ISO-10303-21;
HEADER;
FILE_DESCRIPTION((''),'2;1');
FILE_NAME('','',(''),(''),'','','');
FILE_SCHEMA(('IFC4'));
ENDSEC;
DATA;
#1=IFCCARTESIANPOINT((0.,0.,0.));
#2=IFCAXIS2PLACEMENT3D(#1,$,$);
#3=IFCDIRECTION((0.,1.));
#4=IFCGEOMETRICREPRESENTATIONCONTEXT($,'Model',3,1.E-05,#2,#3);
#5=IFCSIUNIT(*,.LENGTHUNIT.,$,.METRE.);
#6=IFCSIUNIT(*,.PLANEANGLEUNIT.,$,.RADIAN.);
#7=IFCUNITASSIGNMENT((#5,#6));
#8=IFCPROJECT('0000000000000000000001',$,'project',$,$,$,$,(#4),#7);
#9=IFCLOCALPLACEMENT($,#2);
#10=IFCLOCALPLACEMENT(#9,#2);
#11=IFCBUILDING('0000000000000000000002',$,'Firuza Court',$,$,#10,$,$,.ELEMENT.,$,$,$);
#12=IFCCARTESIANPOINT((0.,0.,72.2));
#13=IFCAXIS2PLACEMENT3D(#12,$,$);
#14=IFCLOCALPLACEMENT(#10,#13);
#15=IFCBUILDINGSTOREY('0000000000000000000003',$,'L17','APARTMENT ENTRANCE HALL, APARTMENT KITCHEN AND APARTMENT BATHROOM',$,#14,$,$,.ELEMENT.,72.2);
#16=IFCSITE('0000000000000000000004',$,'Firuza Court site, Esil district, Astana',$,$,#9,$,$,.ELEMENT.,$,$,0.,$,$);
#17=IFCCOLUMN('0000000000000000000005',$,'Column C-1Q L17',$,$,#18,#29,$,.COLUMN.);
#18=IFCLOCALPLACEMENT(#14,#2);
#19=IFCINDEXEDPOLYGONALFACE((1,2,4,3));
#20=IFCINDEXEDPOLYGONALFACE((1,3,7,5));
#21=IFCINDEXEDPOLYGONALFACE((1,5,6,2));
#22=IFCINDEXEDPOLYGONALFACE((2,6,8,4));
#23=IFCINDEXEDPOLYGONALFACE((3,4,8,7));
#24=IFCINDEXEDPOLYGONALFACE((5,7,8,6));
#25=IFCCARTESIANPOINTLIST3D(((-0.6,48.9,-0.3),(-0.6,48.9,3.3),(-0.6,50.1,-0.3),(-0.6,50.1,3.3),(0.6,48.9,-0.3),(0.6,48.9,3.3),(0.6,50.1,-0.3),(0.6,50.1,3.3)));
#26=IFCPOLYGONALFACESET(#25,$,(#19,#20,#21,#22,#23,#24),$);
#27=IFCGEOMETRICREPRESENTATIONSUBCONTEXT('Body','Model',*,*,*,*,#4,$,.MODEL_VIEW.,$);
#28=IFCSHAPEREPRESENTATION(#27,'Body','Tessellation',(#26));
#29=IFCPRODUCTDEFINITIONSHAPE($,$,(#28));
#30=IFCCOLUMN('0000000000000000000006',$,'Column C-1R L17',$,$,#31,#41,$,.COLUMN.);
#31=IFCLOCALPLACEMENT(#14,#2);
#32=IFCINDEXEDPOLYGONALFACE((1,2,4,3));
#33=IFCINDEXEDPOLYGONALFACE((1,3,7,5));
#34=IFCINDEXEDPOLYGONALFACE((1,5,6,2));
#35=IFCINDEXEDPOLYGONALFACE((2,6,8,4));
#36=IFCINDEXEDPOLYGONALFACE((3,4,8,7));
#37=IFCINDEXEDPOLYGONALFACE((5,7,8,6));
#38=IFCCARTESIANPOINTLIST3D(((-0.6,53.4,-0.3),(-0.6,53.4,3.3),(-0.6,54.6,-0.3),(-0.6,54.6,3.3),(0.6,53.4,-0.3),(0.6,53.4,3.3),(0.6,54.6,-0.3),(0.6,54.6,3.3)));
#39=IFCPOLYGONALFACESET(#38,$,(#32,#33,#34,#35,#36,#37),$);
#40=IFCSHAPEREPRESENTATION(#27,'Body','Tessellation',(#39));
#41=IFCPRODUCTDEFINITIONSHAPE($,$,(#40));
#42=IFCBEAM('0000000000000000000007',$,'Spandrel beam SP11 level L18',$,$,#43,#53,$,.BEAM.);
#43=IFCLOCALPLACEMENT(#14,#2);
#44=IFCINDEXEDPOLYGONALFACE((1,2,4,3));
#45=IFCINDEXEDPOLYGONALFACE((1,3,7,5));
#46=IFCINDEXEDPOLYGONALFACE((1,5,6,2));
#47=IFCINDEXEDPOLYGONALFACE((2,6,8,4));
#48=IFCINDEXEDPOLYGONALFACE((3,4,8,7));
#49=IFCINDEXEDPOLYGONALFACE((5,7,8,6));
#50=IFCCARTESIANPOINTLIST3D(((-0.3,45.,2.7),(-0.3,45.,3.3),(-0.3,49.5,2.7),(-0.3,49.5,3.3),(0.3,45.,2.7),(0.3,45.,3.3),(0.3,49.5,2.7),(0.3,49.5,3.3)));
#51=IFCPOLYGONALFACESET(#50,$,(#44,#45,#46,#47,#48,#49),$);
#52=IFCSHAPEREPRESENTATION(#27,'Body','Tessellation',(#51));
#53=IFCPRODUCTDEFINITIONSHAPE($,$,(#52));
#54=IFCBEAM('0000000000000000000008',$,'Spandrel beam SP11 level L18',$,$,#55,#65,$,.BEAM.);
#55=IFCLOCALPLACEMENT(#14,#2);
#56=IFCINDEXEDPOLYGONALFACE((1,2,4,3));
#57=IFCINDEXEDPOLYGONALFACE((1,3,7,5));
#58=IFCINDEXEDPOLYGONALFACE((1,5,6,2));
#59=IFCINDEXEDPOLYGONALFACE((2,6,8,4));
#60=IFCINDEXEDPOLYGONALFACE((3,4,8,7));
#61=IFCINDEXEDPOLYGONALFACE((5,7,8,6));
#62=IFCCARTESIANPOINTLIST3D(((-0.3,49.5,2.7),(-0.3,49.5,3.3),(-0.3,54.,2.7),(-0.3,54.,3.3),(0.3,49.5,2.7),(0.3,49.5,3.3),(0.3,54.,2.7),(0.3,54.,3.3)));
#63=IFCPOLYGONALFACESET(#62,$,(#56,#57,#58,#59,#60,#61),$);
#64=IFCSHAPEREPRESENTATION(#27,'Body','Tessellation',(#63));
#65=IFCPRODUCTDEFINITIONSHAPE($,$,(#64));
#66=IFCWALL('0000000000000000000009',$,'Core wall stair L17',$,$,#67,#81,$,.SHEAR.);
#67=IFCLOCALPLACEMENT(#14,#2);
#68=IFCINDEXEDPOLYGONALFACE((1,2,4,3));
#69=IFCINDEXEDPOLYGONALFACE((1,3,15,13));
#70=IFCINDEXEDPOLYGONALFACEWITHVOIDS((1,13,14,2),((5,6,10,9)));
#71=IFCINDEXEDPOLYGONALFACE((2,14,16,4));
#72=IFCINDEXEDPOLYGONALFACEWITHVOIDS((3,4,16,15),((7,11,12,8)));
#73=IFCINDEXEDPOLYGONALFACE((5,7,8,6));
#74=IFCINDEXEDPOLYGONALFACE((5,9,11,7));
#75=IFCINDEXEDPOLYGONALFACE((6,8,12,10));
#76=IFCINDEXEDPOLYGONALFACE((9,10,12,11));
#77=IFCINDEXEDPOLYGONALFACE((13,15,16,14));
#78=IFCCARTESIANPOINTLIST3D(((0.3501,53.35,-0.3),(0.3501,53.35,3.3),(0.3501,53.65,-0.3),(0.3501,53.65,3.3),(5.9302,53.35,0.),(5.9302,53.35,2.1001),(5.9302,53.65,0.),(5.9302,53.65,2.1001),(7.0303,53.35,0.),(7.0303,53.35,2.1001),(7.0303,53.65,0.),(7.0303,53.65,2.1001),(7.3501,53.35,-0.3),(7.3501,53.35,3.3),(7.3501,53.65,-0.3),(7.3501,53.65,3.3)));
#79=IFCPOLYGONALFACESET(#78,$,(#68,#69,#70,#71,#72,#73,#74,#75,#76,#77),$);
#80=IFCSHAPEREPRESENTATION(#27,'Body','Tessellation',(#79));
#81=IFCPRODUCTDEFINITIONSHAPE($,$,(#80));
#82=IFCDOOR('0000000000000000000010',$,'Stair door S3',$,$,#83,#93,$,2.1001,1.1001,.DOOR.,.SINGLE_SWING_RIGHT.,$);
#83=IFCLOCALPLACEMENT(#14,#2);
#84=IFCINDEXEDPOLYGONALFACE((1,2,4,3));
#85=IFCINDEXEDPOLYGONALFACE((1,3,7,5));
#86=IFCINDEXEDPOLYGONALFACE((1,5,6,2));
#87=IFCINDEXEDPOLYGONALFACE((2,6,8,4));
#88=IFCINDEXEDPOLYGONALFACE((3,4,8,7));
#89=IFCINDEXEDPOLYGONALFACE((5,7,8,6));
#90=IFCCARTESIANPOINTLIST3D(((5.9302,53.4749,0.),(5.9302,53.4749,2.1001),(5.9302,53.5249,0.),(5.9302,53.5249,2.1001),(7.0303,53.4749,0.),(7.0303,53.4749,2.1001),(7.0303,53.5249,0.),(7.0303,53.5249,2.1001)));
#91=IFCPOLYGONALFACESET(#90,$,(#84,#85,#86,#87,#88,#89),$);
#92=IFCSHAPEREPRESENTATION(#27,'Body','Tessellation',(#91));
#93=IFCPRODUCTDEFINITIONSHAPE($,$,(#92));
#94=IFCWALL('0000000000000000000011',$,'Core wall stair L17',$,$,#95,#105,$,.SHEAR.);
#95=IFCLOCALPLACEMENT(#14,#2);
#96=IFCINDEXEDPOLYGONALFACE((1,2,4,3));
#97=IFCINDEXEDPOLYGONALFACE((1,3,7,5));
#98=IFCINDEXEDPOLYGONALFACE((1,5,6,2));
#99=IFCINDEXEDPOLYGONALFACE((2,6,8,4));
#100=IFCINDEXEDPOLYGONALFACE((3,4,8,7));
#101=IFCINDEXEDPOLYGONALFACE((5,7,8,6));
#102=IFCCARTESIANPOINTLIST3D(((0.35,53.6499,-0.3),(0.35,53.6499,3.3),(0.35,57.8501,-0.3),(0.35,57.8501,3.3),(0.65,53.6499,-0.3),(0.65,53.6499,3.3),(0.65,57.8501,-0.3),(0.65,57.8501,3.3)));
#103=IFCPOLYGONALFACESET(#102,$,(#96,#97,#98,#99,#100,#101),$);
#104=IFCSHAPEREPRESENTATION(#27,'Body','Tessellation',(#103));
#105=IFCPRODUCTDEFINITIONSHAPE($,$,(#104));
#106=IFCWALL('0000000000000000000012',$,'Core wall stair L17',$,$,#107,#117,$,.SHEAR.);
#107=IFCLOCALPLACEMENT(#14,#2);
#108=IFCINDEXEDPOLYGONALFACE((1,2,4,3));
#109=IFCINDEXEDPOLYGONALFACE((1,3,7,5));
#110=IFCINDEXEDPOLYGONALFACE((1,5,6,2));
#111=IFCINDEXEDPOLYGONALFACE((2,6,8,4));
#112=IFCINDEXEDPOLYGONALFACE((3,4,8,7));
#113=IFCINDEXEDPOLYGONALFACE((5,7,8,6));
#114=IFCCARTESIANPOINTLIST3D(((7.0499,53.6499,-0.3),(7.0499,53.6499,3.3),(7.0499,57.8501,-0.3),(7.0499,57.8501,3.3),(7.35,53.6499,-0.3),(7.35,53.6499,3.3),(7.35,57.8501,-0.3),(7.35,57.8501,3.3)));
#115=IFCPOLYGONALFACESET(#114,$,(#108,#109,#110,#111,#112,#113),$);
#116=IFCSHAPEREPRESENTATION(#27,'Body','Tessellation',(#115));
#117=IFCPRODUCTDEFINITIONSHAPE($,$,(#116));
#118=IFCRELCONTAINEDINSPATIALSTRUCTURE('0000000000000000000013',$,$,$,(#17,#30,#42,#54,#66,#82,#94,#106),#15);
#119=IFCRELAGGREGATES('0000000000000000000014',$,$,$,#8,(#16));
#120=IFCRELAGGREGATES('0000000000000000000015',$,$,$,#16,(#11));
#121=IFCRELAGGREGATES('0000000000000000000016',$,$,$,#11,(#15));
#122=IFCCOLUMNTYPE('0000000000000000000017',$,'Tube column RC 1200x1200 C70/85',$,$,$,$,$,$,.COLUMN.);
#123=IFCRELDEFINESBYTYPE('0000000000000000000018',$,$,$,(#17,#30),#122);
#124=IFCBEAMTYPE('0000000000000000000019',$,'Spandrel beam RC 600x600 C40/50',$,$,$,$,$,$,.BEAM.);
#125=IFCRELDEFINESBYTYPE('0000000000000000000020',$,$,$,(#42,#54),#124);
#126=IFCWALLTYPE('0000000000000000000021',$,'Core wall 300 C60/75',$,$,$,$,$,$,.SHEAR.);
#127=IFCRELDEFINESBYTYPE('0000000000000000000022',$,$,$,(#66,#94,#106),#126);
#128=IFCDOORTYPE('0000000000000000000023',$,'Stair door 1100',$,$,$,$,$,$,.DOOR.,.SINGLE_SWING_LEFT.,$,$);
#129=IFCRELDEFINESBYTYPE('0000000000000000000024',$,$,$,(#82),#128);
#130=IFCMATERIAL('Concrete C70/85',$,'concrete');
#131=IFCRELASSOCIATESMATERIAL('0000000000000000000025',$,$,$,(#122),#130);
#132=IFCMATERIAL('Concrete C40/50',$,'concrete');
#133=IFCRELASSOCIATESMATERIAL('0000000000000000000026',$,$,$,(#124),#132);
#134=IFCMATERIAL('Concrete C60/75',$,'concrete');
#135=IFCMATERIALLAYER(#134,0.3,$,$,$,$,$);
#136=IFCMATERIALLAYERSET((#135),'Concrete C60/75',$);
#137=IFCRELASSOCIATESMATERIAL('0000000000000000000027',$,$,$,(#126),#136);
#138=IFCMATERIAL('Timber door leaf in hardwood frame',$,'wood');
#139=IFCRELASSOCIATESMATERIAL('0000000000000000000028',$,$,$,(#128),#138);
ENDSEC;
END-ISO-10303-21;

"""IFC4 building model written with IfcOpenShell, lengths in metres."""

from ifc_helpers import new_model, si_unit, direction, frame, frame_2d, origin, origin_2d, place, context, subcontext, project, spatial, rectangle, extrude, material, layer, layer_set, material_profile, profile_set, type_object, element, fill, save


model = new_model("IFC4")

# Units and contexts
model_context = context("Model", 3, precision=1e-05, world=origin(), true_north=direction((0.0, 1.0)))
body_context = subcontext(model_context, "Body", "Model", "MODEL_VIEW")
ifc_project = project(units=[si_unit("LENGTHUNIT", "METRE"), si_unit("PLANEANGLEUNIT", "RADIAN")], contexts=[model_context])

# Site, building, storey
site_placement = place(None, origin())
site = spatial("IfcSite", under=ifc_project, at=site_placement, Name="Firuza Court site, Esil district, Astana", CompositionType="ELEMENT", RefElevation=0.0)
building_placement = place(site_placement, origin())
building = spatial("IfcBuilding", under=site, at=building_placement, Name="Firuza Court", CompositionType="ELEMENT")
storey_placement = place(building_placement, frame((0.0, 0.0, 72.2)))
storey = spatial("IfcBuildingStorey", under=building, at=storey_placement, Name="L17", Description="APARTMENT ENTRANCE HALL, APARTMENT KITCHEN AND APARTMENT BATHROOM", CompositionType="ELEMENT", Elevation=72.2)

# Columns
ifc_material_1 = material(Name="Concrete C70/85", Category="concrete")
ifc_material_profile_1 = material_profile(ifc_material_1, rectangle(XDim=1.2, YDim=1.2, at=origin_2d()), Name="RC 1200x1200")
ifc_profile_set_1 = profile_set([ifc_material_profile_1], Name="Concrete C70/85")
column_type = type_object("IfcColumnType", Name="Tube column RC 1200x1200 C70/85", PredefinedType="COLUMN", material=ifc_profile_set_1)
for number, where, z_axis, x_axis, name in (
    (1, (0.0, 49.5, -0.3), (0.0, 0.0, 1.0), (1.0, 0.0, 0.0), "Column C-1Q L17"),
    (2, (0.0, 54.0, -0.3), (0.0, 0.0, 1.0), (1.0, 0.0, 0.0), "Column C-1R L17"),
):
    element("IfcColumn", number, at=place(storey_placement, frame(where, z_axis=z_axis, x_axis=x_axis)), inside=storey, type_object=column_type, Name=name, PredefinedType="COLUMN", context=body_context, shape_type="SweptSolid", body=[
        extrude(rectangle(XDim=1.2, YDim=1.2, at=origin_2d()), origin(), (0.0, 0.0, 1.0), 3.6001),
    ])

# Beams
ifc_material_2 = material(Name="Concrete C40/50", Category="concrete")
ifc_material_profile_2 = material_profile(ifc_material_2, rectangle(XDim=0.6001, YDim=0.6001, at=origin_2d()), Name="RC 600x600")
ifc_profile_set_2 = profile_set([ifc_material_profile_2], Name="Concrete C40/50")
beam_type = type_object("IfcBeamType", Name="Spandrel beam RC 600x600 C40/50", PredefinedType="BEAM", material=ifc_profile_set_2)
for number, where, z_axis, x_axis, name in (
    (3, (0.0, 49.5, 3.0), (0.0, -1.0, 0.0), (1.0, 0.0, 0.0), "Spandrel beam SP11 level L18"),
    (4, (0.0, 54.0, 3.0), (0.0, -1.0, 0.0), (1.0, 0.0, 0.0), "Spandrel beam SP11 level L18"),
):
    element("IfcBeam", number, at=place(storey_placement, frame(where, z_axis=z_axis, x_axis=x_axis)), inside=storey, type_object=beam_type, Name=name, PredefinedType="BEAM", context=body_context, shape_type="SweptSolid", body=[
        extrude(rectangle(XDim=0.6001, YDim=0.6001, at=origin_2d()), origin(), (0.0, 0.0, 1.0), 4.5),
    ])

# Wall, opening, door
ifc_material_3 = material(Name="Concrete C60/75", Category="concrete")
ifc_layer_1 = layer(ifc_material_3, 0.3)
ifc_layer_set_1 = layer_set([ifc_layer_1], Name="Concrete C60/75")
wall_type_1 = type_object("IfcWallType", Name="Core wall 300 C60/75", PredefinedType="SHEAR", material=ifc_layer_set_1)
wall_1_placement = place(storey_placement, frame((0.3501, 53.5, -0.3), z_axis=(0.0, 0.0, 1.0), x_axis=(1.0, 0.0, 0.0)))
wall_1 = element("IfcWall", 5, at=wall_1_placement, inside=storey, type_object=wall_type_1, Name="Core wall stair L17", PredefinedType="SHEAR", context=body_context, shape_type="SweptSolid", body=[
    extrude(rectangle(XDim=7.0, YDim=0.3, at=frame_2d((3.5, 0.0))), origin(), (0.0, 0.0, 1.0), 3.6001),
])
opening_1_placement = place(wall_1_placement, frame((5.5801, 0.0, 0.3)))
opening_1 = element("IfcOpeningElement", 6, at=opening_1_placement, cuts=wall_1, PredefinedType="OPENING", context=body_context, shape_type="SweptSolid", body=[
    extrude(rectangle(XDim=1.1001, YDim=2.1001, at=frame_2d((0.55, 1.05))), frame((0.0, 0.1621, 0.0), z_axis=(0.0, -1.0, 0.0), x_axis=(1.0, 0.0, 0.0)), (0.0, 0.0, 1.0), 0.324),
])
ifc_material_4 = material(Name="Timber door leaf in hardwood frame", Category="wood")
door_type_1 = type_object("IfcDoorType", Name="Stair door 1100", OperationType="SINGLE_SWING_LEFT", PredefinedType="DOOR", material=ifc_material_4)
door_1_placement = place(opening_1_placement, origin())
door_1 = element("IfcDoor", 7, at=door_1_placement, inside=storey, type_object=door_type_1, Name="Stair door S3", OperationType="SINGLE_SWING_RIGHT", OverallHeight=2.1001, OverallWidth=1.1001, PredefinedType="DOOR", context=body_context, shape_type="SweptSolid", body=[
    extrude(rectangle(XDim=1.1001, YDim=2.1001, at=frame_2d((0.55, 1.05))), frame((0.0, 0.0249, 0.0), z_axis=(0.0, -1.0, 0.0), x_axis=(1.0, 0.0, 0.0)), (0.0, 0.0, 1.0), 0.05),
])
fill(opening_1, door_1)

# Walls
for number, where, z_axis, x_axis, name in (
    (8, (0.5, 53.6499, -0.3), (0.0, 0.0, 1.0), (0.0, 1.0, 0.0), "Core wall stair L17"),
    (9, (7.2, 53.6499, -0.3), (0.0, 0.0, 1.0), (0.0, 1.0, 0.0), "Core wall stair L17"),
):
    element("IfcWall", number, at=place(storey_placement, frame(where, z_axis=z_axis, x_axis=x_axis)), inside=storey, type_object=wall_type_1, Name=name, PredefinedType="SHEAR", context=body_context, shape_type="SweptSolid", body=[
        extrude(rectangle(XDim=4.2002, YDim=0.3, at=frame_2d((2.1001, 0.0))), origin(), (0.0, 0.0, 1.0), 3.6001),
    ])

save(model, "model.ifc")
